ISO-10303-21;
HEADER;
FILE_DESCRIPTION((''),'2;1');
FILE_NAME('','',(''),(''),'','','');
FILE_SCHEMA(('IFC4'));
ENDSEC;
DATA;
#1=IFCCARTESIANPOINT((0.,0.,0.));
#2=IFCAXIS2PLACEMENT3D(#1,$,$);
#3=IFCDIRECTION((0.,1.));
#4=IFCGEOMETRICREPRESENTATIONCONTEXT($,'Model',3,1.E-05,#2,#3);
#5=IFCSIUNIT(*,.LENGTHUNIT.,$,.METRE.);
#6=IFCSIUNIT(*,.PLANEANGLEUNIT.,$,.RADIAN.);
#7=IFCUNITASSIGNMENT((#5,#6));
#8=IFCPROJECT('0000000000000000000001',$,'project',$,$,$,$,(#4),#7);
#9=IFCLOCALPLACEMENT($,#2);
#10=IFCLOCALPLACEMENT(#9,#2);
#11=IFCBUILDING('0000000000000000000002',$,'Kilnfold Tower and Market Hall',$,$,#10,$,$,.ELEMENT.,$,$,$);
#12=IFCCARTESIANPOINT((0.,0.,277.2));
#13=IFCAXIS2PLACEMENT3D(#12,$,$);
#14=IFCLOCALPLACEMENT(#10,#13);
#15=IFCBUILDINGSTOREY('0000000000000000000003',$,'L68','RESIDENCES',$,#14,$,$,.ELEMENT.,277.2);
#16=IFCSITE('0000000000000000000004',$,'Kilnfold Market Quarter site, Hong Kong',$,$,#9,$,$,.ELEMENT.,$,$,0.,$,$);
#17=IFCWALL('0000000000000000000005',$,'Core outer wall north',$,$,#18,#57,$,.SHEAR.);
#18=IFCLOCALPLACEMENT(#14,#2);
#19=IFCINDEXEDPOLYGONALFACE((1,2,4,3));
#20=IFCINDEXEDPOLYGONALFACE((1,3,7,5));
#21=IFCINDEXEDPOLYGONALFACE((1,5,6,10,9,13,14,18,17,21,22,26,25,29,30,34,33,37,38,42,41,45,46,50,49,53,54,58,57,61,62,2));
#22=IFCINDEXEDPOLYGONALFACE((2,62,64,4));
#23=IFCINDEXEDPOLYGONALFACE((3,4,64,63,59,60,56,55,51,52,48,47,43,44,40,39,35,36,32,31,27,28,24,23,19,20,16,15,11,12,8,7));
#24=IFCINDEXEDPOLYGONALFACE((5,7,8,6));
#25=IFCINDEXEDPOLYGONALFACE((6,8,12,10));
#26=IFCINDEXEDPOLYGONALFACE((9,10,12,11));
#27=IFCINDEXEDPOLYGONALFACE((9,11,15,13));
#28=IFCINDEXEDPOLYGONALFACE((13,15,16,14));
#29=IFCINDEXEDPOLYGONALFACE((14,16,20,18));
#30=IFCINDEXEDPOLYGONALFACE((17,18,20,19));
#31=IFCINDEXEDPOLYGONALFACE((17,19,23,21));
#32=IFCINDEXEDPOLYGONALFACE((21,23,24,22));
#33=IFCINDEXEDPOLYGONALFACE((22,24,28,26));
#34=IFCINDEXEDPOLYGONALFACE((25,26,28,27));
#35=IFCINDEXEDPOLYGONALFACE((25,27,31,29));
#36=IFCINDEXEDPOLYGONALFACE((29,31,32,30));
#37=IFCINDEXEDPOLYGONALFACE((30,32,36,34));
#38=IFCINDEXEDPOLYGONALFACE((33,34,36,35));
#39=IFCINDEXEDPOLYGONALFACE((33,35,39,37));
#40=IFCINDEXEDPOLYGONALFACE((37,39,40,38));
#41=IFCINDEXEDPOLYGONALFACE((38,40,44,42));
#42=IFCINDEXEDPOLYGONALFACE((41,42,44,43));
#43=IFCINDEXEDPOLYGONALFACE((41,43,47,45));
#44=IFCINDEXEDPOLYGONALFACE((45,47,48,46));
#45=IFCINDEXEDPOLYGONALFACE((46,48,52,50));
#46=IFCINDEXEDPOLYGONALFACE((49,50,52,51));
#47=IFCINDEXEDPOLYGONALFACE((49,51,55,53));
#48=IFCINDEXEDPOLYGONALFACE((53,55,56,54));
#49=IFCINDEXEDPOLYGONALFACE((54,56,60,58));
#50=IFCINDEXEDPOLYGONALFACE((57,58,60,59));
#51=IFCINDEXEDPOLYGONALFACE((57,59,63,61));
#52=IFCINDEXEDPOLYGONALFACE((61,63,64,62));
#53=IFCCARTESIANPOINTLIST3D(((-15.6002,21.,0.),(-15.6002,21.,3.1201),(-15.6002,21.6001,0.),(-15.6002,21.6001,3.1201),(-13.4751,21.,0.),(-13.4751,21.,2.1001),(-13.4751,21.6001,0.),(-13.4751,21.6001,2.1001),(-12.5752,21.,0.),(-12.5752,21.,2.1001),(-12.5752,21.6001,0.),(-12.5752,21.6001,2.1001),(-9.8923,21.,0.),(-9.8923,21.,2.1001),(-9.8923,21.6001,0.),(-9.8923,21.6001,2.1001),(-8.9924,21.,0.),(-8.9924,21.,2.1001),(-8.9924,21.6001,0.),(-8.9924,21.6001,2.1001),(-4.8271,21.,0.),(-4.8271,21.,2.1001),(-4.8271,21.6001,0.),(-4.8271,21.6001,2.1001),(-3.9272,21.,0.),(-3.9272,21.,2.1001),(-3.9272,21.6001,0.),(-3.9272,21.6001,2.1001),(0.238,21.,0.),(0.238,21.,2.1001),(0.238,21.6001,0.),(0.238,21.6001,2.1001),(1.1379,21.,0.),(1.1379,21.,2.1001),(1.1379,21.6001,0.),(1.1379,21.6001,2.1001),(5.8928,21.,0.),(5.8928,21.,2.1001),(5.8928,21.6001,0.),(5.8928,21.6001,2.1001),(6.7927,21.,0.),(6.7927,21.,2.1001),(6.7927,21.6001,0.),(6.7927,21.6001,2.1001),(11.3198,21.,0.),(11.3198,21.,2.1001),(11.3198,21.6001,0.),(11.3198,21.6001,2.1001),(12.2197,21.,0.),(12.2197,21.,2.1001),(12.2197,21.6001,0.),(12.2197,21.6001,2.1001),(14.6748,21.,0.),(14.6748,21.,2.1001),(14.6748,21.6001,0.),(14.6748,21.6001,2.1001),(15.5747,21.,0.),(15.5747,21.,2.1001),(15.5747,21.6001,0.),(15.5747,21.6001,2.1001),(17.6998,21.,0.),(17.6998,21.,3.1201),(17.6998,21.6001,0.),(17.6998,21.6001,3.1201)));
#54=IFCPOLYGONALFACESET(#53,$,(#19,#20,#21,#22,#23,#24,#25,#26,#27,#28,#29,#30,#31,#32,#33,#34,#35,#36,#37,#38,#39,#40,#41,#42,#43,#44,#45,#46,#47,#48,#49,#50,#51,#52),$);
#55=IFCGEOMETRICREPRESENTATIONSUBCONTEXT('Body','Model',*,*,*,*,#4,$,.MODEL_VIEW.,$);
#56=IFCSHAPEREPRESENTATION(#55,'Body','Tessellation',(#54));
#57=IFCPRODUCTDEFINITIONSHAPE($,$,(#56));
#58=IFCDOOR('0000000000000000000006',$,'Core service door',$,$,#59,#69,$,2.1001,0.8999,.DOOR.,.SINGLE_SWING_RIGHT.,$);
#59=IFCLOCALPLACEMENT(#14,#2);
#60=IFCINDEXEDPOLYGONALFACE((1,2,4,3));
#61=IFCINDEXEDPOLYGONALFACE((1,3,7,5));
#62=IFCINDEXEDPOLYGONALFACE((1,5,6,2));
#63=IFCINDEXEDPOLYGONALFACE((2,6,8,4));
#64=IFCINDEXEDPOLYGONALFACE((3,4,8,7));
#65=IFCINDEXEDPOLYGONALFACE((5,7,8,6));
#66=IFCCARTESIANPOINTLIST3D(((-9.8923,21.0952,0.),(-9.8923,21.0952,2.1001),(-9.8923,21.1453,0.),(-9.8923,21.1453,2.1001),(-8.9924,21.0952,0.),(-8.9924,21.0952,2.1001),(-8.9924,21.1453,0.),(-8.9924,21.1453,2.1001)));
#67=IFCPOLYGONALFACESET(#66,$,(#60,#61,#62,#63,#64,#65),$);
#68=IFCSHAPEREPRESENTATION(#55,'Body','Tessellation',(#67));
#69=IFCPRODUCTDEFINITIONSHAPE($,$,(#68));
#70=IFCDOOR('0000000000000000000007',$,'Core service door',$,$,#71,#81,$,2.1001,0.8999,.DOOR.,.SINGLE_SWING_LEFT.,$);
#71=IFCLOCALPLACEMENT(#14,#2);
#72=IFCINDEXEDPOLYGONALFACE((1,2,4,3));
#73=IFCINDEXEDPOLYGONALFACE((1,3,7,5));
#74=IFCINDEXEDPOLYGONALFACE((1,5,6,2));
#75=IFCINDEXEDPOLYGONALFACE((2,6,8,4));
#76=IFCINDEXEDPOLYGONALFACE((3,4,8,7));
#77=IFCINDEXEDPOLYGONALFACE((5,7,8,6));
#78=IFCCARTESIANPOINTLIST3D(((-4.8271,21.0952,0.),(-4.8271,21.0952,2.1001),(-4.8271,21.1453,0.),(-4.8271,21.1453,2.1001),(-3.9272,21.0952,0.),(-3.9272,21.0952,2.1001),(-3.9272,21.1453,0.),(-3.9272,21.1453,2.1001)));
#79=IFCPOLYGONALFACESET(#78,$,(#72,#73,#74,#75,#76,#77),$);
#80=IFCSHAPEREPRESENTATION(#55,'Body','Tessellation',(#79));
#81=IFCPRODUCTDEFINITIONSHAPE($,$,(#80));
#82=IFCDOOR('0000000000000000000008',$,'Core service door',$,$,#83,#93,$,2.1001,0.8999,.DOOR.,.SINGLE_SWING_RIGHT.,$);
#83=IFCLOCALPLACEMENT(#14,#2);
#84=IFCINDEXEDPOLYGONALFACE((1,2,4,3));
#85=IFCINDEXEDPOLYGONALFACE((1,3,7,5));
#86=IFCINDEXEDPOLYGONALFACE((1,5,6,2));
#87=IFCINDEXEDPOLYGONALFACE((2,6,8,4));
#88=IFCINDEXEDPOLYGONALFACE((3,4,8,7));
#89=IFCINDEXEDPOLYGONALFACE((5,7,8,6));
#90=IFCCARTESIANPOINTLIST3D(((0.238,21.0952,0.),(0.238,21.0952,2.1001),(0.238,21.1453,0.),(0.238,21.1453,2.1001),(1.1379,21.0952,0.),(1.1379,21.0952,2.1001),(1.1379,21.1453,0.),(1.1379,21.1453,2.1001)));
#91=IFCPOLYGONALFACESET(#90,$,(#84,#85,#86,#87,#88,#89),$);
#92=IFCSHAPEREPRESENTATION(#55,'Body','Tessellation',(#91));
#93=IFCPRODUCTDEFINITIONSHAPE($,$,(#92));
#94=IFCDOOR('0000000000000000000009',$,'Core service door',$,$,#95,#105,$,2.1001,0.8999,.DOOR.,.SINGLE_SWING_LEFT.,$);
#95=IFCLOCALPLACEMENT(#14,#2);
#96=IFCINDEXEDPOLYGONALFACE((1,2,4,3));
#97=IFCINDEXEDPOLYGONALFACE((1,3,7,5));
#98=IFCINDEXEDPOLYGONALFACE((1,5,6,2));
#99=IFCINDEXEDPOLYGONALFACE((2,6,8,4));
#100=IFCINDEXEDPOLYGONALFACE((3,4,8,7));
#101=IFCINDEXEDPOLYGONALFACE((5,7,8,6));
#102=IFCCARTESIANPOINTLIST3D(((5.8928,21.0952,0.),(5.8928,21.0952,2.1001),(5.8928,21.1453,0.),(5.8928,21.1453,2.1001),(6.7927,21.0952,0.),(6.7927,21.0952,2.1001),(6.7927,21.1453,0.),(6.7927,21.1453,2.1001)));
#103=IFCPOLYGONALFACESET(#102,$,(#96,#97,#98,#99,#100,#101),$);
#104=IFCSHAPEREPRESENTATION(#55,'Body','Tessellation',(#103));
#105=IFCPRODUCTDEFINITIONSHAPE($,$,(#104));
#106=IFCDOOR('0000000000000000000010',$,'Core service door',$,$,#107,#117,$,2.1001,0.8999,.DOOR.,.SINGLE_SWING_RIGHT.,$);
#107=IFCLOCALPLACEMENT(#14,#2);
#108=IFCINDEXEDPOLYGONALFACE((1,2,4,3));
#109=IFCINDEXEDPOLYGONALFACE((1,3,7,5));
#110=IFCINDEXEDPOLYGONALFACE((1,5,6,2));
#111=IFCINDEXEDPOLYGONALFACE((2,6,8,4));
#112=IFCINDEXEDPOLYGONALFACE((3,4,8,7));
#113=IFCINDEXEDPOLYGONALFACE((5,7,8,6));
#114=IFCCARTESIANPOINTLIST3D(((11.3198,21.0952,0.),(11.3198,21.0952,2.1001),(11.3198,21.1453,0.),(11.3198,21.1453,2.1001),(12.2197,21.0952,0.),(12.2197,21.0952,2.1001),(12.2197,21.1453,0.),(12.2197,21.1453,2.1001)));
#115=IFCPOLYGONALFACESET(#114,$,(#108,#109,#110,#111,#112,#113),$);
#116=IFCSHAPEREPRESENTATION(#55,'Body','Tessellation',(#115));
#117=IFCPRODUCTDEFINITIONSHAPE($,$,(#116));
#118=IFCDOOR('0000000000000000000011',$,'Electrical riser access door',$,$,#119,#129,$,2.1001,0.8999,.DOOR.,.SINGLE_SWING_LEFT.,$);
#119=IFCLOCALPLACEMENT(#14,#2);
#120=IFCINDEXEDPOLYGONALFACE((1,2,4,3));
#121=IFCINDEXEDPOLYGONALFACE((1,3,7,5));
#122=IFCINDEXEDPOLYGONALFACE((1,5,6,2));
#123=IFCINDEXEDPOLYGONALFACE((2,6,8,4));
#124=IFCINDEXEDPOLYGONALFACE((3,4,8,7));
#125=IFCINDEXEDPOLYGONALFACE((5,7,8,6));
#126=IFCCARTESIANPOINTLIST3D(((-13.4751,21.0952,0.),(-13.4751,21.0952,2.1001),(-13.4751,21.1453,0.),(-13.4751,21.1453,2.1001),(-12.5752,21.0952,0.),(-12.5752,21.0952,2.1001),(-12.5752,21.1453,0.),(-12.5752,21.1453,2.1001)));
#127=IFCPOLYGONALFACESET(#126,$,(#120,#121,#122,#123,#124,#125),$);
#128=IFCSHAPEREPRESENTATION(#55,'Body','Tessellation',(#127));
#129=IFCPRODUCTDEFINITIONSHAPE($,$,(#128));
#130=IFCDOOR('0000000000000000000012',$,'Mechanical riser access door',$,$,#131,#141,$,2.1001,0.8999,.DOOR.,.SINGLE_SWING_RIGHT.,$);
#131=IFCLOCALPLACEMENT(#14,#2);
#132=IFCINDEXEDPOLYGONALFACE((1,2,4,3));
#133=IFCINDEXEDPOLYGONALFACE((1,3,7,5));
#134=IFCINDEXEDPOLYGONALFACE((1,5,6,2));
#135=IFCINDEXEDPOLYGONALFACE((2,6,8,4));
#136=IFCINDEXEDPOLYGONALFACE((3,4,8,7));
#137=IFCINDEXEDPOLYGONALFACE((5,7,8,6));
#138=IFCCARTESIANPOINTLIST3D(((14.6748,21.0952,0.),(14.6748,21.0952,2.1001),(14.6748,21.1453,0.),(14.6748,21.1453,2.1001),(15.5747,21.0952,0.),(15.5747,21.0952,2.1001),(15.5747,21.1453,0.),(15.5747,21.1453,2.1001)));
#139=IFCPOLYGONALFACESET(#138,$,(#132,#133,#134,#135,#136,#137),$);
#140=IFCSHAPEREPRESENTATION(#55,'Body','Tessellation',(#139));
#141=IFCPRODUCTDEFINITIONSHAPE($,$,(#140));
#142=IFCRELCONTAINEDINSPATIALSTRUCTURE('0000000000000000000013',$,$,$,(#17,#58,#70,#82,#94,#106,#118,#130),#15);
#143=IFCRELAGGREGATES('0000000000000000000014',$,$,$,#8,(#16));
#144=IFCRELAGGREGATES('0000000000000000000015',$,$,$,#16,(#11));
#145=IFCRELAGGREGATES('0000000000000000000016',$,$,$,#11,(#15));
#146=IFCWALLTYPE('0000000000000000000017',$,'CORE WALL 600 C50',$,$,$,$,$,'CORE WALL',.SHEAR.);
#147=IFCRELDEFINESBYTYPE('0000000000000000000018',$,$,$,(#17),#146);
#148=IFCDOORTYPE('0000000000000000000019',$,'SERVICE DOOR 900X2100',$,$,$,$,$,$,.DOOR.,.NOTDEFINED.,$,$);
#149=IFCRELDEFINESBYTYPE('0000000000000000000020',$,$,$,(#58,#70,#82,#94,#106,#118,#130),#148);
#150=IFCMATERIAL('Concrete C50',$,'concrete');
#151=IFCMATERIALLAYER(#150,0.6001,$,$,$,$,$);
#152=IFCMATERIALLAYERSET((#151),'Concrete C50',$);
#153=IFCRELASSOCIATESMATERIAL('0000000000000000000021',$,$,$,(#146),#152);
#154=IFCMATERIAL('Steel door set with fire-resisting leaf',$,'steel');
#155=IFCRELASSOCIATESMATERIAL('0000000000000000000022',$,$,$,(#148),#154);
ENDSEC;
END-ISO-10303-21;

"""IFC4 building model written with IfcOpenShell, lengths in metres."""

from ifc_helpers import new_model, si_unit, direction, frame, frame_2d, origin, place, context, subcontext, project, spatial, rectangle, extrude, source, transform, mapped, material, layer, layer_set, type_object, element, fill, save


model = new_model("IFC4")

# Units and contexts
model_context = context("Model", 3, precision=1e-05, world=origin(), true_north=direction((0.0, 1.0)))
body_context = subcontext(model_context, "Body", "Model", "MODEL_VIEW")
ifc_project = project(units=[si_unit("LENGTHUNIT", "METRE"), si_unit("PLANEANGLEUNIT", "RADIAN")], contexts=[model_context])

# Site, building, storey
site_placement = place(None, origin())
site = spatial("IfcSite", under=ifc_project, at=site_placement, Name="Kilnfold Market Quarter site, Hong Kong", CompositionType="ELEMENT", RefElevation=0.0)
building_placement = place(site_placement, origin())
building = spatial("IfcBuilding", under=site, at=building_placement, Name="Kilnfold Tower and Market Hall", CompositionType="ELEMENT")
storey_placement = place(building_placement, frame((0.0, 0.0, 277.2)))
storey = spatial("IfcBuildingStorey", under=building, at=storey_placement, Name="L68", Description="RESIDENCES", CompositionType="ELEMENT", Elevation=277.2)

# Wall, openings, doors
ifc_material_1 = material(Name="Concrete C50", Category="concrete")
ifc_layer_1 = layer(ifc_material_1, 0.6001)
ifc_layer_set_1 = layer_set([ifc_layer_1], Name="Concrete C50")
wall_type_1 = type_object("IfcWallType", Name="CORE WALL 600 C50", ElementType="CORE WALL", PredefinedType="SHEAR", material=ifc_layer_set_1)
shared_shape_1 = source(origin(), body_context, "Body", "SweptSolid", [
    extrude(rectangle(XDim=33.3, YDim=0.6001, at=frame_2d((16.6499, 0.0))), origin(), (0.0, 0.0, 1.0), 3.1201),
])
wall_1_placement = place(storey_placement, frame((-15.6001, 21.3, 0.0), z_axis=(0.0, 0.0, 1.0), x_axis=(1.0, 0.0, 0.0)))
wall_1 = element("IfcWall", 1, at=wall_1_placement, inside=storey, type_object=wall_type_1, Name="Core outer wall north", PredefinedType="SHEAR", context=body_context, shape_type="MappedRepresentation", body=[
    mapped(shared_shape_1, transform((0.0, 0.0, 0.0))),
])
opening_1_placement = place(wall_1_placement, frame((5.7078, 0.0, 0.0)))
opening_1 = element("IfcOpeningElement", 2, at=opening_1_placement, cuts=wall_1, PredefinedType="OPENING", context=body_context, shape_type="SweptSolid", body=[
    extrude(rectangle(XDim=0.8999, YDim=2.1001, at=frame_2d((0.45, 1.05))), frame((0.0, 0.3101, 0.0), z_axis=(0.0, -1.0, 0.0), x_axis=(1.0, 0.0, 0.0)), (0.0, 0.0, 1.0), 0.6201),
])
opening_2_placement = place(wall_1_placement, frame((10.7729, 0.0, 0.0)))
opening_2 = element("IfcOpeningElement", 3, at=opening_2_placement, cuts=wall_1, PredefinedType="OPENING", context=body_context, shape_type="SweptSolid", body=[
    extrude(rectangle(XDim=0.8999, YDim=2.1001, at=frame_2d((0.45, 1.05))), frame((0.0, 0.3101, 0.0), z_axis=(0.0, -1.0, 0.0), x_axis=(1.0, 0.0, 0.0)), (0.0, 0.0, 1.0), 0.6201),
])
opening_3_placement = place(wall_1_placement, frame((15.8381, 0.0, 0.0)))
opening_3 = element("IfcOpeningElement", 4, at=opening_3_placement, cuts=wall_1, PredefinedType="OPENING", context=body_context, shape_type="SweptSolid", body=[
    extrude(rectangle(XDim=0.8999, YDim=2.1001, at=frame_2d((0.45, 1.05))), frame((0.0, 0.3101, 0.0), z_axis=(0.0, -1.0, 0.0), x_axis=(1.0, 0.0, 0.0)), (0.0, 0.0, 1.0), 0.6201),
])
opening_4_placement = place(wall_1_placement, frame((21.4929, 0.0, 0.0)))
opening_4 = element("IfcOpeningElement", 5, at=opening_4_placement, cuts=wall_1, PredefinedType="OPENING", context=body_context, shape_type="SweptSolid", body=[
    extrude(rectangle(XDim=0.8999, YDim=2.1001, at=frame_2d((0.45, 1.05))), frame((0.0, 0.3101, 0.0), z_axis=(0.0, -1.0, 0.0), x_axis=(1.0, 0.0, 0.0)), (0.0, 0.0, 1.0), 0.6201),
])
opening_5_placement = place(wall_1_placement, frame((26.9199, 0.0, 0.0)))
opening_5 = element("IfcOpeningElement", 6, at=opening_5_placement, cuts=wall_1, PredefinedType="OPENING", context=body_context, shape_type="SweptSolid", body=[
    extrude(rectangle(XDim=0.8999, YDim=2.1001, at=frame_2d((0.45, 1.05))), frame((0.0, 0.3101, 0.0), z_axis=(0.0, -1.0, 0.0), x_axis=(1.0, 0.0, 0.0)), (0.0, 0.0, 1.0), 0.6201),
])
opening_6_placement = place(wall_1_placement, frame((2.125, 0.0, 0.0)))
opening_6 = element("IfcOpeningElement", 7, at=opening_6_placement, cuts=wall_1, PredefinedType="OPENING", context=body_context, shape_type="SweptSolid", body=[
    extrude(rectangle(XDim=0.8999, YDim=2.1001, at=frame_2d((0.45, 1.05))), frame((0.0, 0.3101, 0.0), z_axis=(0.0, -1.0, 0.0), x_axis=(1.0, 0.0, 0.0)), (0.0, 0.0, 1.0), 0.6201),
])
opening_7_placement = place(wall_1_placement, frame((30.2749, 0.0, 0.0)))
opening_7 = element("IfcOpeningElement", 8, at=opening_7_placement, cuts=wall_1, PredefinedType="OPENING", context=body_context, shape_type="SweptSolid", body=[
    extrude(rectangle(XDim=0.8999, YDim=2.1001, at=frame_2d((0.45, 1.05))), frame((0.0, 0.3101, 0.0), z_axis=(0.0, -1.0, 0.0), x_axis=(1.0, 0.0, 0.0)), (0.0, 0.0, 1.0), 0.6201),
])
ifc_material_2 = material(Name="Steel door set with fire-resisting leaf", Category="steel")
door_type_1 = type_object("IfcDoorType", Name="SERVICE DOOR 900X2100", OperationType="NOTDEFINED", PredefinedType="DOOR", material=ifc_material_2)
door_1_placement = place(opening_1_placement, origin())
door_1 = element("IfcDoor", 9, at=door_1_placement, inside=storey, type_object=door_type_1, Name="Core service door", OperationType="SINGLE_SWING_RIGHT", OverallHeight=2.1001, OverallWidth=0.8999, PredefinedType="DOOR", context=body_context, shape_type="SweptSolid", body=[
    extrude(rectangle(XDim=0.8999, YDim=2.1001, at=frame_2d((0.45, 1.05))), frame((0.0, -0.1548, 0.0), z_axis=(0.0, -1.0, 0.0), x_axis=(1.0, 0.0, 0.0)), (0.0, 0.0, 1.0), 0.05),
])
fill(opening_1, door_1)
door_2_placement = place(opening_2_placement, origin())
door_2 = element("IfcDoor", 10, at=door_2_placement, inside=storey, type_object=door_type_1, Name="Core service door", OperationType="SINGLE_SWING_LEFT", OverallHeight=2.1001, OverallWidth=0.8999, PredefinedType="DOOR", context=body_context, shape_type="SweptSolid", body=[
    extrude(rectangle(XDim=0.8999, YDim=2.1001, at=frame_2d((0.45, 1.05))), frame((0.0, -0.1548, 0.0), z_axis=(0.0, -1.0, 0.0), x_axis=(1.0, 0.0, 0.0)), (0.0, 0.0, 1.0), 0.05),
])
fill(opening_2, door_2)
door_3_placement = place(opening_3_placement, origin())
door_3 = element("IfcDoor", 11, at=door_3_placement, inside=storey, type_object=door_type_1, Name="Core service door", OperationType="SINGLE_SWING_RIGHT", OverallHeight=2.1001, OverallWidth=0.8999, PredefinedType="DOOR", context=body_context, shape_type="SweptSolid", body=[
    extrude(rectangle(XDim=0.8999, YDim=2.1001, at=frame_2d((0.45, 1.05))), frame((0.0, -0.1548, 0.0), z_axis=(0.0, -1.0, 0.0), x_axis=(1.0, 0.0, 0.0)), (0.0, 0.0, 1.0), 0.05),
])
fill(opening_3, door_3)
door_4_placement = place(opening_4_placement, origin())
door_4 = element("IfcDoor", 12, at=door_4_placement, inside=storey, type_object=door_type_1, Name="Core service door", OperationType="SINGLE_SWING_LEFT", OverallHeight=2.1001, OverallWidth=0.8999, PredefinedType="DOOR", context=body_context, shape_type="SweptSolid", body=[
    extrude(rectangle(XDim=0.8999, YDim=2.1001, at=frame_2d((0.45, 1.05))), frame((0.0, -0.1548, 0.0), z_axis=(0.0, -1.0, 0.0), x_axis=(1.0, 0.0, 0.0)), (0.0, 0.0, 1.0), 0.05),
])
fill(opening_4, door_4)
door_5_placement = place(opening_5_placement, origin())
door_5 = element("IfcDoor", 13, at=door_5_placement, inside=storey, type_object=door_type_1, Name="Core service door", OperationType="SINGLE_SWING_RIGHT", OverallHeight=2.1001, OverallWidth=0.8999, PredefinedType="DOOR", context=body_context, shape_type="SweptSolid", body=[
    extrude(rectangle(XDim=0.8999, YDim=2.1001, at=frame_2d((0.45, 1.05))), frame((0.0, -0.1548, 0.0), z_axis=(0.0, -1.0, 0.0), x_axis=(1.0, 0.0, 0.0)), (0.0, 0.0, 1.0), 0.05),
])
fill(opening_5, door_5)
door_6_placement = place(opening_6_placement, origin())
door_6 = element("IfcDoor", 14, at=door_6_placement, inside=storey, type_object=door_type_1, Name="Electrical riser access door", OperationType="SINGLE_SWING_LEFT", OverallHeight=2.1001, OverallWidth=0.8999, PredefinedType="DOOR", context=body_context, shape_type="SweptSolid", body=[
    extrude(rectangle(XDim=0.8999, YDim=2.1001, at=frame_2d((0.45, 1.05))), frame((0.0, -0.1548, 0.0), z_axis=(0.0, -1.0, 0.0), x_axis=(1.0, 0.0, 0.0)), (0.0, 0.0, 1.0), 0.05),
])
fill(opening_6, door_6)
door_7_placement = place(opening_7_placement, origin())
door_7 = element("IfcDoor", 15, at=door_7_placement, inside=storey, type_object=door_type_1, Name="Mechanical riser access door", OperationType="SINGLE_SWING_RIGHT", OverallHeight=2.1001, OverallWidth=0.8999, PredefinedType="DOOR", context=body_context, shape_type="SweptSolid", body=[
    extrude(rectangle(XDim=0.8999, YDim=2.1001, at=frame_2d((0.45, 1.05))), frame((0.0, -0.1548, 0.0), z_axis=(0.0, -1.0, 0.0), x_axis=(1.0, 0.0, 0.0)), (0.0, 0.0, 1.0), 0.05),
])
fill(opening_7, door_7)

save(model, "model.ifc")
